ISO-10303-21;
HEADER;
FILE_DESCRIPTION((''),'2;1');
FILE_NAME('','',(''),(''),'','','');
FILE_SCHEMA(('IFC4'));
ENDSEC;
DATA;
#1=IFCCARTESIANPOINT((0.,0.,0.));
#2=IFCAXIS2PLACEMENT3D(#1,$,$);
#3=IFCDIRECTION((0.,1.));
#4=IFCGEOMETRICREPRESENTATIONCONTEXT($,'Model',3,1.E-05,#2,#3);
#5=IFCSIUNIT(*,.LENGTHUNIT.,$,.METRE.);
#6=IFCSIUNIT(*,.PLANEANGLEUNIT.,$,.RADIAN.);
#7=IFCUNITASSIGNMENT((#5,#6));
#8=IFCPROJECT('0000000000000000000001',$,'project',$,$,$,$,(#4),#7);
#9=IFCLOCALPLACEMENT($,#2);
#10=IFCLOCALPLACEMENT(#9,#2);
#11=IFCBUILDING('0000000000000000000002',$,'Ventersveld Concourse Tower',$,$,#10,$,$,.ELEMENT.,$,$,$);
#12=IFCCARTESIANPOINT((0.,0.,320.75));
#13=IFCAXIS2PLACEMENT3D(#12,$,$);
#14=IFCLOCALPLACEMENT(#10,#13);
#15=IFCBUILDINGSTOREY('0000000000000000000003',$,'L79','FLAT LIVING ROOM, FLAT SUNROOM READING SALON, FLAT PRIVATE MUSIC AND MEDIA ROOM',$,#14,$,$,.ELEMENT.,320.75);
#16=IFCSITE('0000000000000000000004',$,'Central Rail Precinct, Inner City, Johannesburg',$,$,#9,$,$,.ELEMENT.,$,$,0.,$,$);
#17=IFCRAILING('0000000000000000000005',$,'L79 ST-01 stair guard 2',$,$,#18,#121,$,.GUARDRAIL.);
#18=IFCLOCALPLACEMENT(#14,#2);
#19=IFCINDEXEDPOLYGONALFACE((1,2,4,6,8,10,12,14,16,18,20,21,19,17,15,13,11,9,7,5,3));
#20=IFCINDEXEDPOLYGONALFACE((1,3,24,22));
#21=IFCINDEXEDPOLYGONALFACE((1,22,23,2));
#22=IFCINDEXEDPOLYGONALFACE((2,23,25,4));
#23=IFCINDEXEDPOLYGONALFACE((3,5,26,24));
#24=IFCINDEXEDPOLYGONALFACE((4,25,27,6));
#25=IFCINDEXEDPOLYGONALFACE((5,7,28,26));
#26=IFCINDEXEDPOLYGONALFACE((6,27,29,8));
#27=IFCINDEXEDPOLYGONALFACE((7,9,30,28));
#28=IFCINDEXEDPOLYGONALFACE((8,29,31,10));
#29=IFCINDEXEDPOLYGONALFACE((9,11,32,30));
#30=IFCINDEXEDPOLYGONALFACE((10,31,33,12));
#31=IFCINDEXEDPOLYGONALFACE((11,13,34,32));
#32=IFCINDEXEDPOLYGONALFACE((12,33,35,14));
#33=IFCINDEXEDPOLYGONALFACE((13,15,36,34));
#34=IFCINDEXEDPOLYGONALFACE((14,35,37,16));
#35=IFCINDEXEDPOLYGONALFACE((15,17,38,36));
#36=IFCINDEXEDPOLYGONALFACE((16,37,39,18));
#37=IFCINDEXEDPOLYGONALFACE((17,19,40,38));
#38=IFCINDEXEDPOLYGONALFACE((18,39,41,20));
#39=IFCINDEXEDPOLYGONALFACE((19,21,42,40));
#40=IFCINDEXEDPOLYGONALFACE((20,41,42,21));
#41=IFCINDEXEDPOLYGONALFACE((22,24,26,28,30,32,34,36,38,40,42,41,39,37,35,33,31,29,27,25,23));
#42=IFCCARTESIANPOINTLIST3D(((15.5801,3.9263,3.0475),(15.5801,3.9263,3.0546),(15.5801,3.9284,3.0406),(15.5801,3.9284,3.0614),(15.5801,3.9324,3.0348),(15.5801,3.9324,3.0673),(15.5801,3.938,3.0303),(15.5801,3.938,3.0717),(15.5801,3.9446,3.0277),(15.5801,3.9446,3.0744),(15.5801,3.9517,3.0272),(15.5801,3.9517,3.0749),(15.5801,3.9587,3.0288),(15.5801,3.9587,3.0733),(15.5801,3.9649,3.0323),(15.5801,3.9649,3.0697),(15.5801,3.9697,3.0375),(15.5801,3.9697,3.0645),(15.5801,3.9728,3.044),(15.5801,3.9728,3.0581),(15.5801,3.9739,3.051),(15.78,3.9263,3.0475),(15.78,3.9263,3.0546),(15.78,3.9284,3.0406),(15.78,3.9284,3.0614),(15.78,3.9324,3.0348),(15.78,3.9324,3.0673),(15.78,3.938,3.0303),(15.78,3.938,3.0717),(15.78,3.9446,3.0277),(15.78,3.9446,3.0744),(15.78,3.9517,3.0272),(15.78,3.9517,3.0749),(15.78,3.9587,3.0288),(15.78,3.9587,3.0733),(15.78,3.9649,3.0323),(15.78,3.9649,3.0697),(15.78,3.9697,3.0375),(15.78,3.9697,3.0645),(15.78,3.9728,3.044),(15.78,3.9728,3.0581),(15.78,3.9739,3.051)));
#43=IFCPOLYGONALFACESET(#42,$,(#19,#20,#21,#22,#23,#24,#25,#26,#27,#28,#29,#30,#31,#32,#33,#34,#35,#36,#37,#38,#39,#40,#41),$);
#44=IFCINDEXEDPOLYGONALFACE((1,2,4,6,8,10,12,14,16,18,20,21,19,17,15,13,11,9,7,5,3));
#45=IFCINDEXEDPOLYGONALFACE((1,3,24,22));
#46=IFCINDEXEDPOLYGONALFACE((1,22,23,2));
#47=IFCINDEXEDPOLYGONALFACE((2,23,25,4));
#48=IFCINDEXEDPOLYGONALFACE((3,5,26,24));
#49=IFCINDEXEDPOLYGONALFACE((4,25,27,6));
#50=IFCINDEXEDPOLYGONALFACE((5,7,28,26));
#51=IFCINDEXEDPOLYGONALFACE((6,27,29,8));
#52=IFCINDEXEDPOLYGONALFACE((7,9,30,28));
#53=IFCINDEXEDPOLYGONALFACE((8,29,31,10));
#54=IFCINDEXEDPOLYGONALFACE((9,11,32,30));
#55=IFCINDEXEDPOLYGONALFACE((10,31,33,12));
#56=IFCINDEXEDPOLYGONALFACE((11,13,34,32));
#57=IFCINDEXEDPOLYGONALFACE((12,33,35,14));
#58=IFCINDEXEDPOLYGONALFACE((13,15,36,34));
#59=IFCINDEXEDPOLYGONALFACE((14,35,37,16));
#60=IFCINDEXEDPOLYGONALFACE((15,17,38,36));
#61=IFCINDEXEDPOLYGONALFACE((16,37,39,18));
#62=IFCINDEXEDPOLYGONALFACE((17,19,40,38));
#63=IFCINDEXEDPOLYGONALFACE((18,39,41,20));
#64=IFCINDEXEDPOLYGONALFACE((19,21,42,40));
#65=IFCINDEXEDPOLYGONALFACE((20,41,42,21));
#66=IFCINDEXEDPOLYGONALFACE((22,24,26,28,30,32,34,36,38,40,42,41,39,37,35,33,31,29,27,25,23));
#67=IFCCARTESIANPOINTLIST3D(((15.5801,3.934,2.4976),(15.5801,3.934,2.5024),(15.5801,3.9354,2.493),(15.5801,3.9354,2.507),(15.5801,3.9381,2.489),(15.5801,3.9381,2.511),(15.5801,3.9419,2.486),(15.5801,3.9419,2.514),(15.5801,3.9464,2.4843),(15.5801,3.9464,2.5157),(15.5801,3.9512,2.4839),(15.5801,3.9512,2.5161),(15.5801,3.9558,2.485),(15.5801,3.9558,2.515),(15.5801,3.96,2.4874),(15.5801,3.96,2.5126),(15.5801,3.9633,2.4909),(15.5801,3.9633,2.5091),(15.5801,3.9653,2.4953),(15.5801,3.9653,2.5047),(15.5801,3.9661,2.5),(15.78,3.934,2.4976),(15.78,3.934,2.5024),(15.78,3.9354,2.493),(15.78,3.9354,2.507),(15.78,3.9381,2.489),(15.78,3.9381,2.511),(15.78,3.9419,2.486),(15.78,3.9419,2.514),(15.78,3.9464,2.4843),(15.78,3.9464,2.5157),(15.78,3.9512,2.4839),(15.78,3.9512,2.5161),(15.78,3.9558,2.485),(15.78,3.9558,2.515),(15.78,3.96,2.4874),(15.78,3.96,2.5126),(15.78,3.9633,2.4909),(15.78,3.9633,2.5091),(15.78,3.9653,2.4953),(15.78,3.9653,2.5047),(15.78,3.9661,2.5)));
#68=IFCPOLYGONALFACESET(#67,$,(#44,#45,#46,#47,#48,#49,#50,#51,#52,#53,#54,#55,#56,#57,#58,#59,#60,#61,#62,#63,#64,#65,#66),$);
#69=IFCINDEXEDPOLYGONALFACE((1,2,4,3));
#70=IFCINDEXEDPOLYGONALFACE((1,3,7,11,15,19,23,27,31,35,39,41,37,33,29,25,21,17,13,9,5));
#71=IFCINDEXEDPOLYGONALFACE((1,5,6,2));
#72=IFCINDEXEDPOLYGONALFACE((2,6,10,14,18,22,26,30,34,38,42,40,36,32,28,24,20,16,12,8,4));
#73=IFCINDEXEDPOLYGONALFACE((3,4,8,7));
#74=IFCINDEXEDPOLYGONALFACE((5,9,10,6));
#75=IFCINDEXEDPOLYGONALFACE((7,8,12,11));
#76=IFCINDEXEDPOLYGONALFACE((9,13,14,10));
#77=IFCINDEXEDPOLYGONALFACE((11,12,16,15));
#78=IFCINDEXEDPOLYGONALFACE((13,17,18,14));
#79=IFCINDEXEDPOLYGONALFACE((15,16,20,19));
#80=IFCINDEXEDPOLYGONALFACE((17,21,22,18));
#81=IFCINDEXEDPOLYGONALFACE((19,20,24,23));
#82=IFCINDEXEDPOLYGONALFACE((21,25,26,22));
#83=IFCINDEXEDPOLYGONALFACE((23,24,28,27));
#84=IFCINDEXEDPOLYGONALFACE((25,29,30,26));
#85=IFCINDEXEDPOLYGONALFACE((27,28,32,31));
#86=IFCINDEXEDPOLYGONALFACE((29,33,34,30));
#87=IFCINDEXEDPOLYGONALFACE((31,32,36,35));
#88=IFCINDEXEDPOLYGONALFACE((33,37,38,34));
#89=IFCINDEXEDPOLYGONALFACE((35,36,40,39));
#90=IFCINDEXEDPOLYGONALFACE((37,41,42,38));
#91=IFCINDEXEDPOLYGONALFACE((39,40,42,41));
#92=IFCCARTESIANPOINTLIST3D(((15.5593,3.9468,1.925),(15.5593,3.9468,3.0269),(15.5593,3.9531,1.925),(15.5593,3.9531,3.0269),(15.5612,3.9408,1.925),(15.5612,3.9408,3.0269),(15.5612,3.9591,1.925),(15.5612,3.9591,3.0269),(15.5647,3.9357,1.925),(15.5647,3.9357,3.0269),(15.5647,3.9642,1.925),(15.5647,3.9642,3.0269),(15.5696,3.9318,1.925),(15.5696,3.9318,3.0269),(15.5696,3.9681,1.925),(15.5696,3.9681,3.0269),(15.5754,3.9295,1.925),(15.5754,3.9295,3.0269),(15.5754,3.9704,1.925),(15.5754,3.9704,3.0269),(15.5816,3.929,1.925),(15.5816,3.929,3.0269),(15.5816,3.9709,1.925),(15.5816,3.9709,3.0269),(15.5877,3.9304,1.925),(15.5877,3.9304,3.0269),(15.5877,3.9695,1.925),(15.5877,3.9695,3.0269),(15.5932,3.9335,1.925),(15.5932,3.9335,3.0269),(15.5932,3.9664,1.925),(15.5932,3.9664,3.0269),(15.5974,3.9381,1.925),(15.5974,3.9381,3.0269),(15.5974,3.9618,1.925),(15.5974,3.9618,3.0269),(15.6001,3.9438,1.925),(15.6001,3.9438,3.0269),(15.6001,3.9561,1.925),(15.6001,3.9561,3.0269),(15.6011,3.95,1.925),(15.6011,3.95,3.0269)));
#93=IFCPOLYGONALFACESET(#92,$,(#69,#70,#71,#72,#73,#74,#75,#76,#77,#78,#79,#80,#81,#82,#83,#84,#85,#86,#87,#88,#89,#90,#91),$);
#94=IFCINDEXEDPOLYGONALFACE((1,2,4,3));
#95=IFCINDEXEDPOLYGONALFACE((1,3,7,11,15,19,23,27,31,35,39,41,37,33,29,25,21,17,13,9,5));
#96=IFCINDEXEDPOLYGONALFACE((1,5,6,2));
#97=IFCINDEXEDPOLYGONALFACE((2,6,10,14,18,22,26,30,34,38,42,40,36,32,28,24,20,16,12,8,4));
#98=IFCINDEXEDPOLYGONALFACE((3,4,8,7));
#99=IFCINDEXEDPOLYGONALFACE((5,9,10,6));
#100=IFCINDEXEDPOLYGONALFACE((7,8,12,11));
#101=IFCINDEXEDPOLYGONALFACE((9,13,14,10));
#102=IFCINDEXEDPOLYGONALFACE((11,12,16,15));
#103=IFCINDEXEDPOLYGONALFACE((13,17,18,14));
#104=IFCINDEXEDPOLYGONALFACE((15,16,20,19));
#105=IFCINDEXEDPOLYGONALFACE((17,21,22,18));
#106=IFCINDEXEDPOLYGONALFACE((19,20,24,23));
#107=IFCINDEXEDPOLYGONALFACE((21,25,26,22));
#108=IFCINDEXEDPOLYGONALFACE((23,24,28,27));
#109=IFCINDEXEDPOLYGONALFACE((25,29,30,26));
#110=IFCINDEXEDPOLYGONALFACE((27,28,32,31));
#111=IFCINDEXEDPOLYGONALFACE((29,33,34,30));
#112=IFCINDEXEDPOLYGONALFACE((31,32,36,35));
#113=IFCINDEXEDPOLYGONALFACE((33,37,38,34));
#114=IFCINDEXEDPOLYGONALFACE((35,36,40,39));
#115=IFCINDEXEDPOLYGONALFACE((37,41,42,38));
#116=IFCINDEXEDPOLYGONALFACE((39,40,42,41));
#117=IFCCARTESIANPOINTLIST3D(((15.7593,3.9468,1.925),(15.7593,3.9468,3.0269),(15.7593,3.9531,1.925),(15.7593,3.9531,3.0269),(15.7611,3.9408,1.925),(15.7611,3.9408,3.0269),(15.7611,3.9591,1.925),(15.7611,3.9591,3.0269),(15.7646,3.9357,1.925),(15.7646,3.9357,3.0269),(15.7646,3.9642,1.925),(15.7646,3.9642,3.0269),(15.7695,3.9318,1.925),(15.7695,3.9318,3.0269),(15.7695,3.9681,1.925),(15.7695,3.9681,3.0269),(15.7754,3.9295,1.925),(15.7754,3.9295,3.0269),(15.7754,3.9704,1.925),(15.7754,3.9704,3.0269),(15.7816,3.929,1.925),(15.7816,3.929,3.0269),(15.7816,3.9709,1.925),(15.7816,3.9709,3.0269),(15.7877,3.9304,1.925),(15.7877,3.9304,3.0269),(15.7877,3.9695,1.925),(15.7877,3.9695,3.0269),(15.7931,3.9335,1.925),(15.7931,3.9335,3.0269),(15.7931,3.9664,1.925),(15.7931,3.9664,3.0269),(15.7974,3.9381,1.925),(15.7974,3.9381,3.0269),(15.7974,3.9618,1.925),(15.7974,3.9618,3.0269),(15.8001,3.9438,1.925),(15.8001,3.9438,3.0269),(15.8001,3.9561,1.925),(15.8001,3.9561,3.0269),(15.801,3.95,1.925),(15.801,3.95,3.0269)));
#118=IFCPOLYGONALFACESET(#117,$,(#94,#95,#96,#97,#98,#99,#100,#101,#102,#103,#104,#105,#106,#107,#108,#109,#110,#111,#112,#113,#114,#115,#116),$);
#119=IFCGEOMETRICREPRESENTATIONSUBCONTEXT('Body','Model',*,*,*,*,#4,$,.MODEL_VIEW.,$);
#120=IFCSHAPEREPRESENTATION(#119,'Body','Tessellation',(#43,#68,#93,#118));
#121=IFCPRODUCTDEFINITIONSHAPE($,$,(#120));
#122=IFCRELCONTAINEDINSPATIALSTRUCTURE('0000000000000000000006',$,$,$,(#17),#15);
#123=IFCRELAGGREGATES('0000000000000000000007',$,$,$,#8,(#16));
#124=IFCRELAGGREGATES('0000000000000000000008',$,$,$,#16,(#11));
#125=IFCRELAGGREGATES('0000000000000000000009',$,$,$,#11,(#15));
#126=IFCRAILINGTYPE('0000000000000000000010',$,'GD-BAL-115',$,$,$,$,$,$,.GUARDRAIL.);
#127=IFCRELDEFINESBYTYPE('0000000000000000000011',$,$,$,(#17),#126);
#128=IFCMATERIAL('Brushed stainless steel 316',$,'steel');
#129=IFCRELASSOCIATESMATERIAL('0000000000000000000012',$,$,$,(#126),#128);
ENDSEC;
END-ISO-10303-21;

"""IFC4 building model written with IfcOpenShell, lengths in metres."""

from ifc_helpers import new_model, si_unit, direction, frame, origin, origin_2d, place, context, subcontext, project, spatial, circle, extrude, material, type_object, element, save


model = new_model("IFC4")

# Units and contexts
model_context = context("Model", 3, precision=1e-05, world=origin(), true_north=direction((0.0, 1.0)))
body_context = subcontext(model_context, "Body", "Model", "MODEL_VIEW")
ifc_project = project(units=[si_unit("LENGTHUNIT", "METRE"), si_unit("PLANEANGLEUNIT", "RADIAN")], contexts=[model_context])

# Site, building, storey
site_placement = place(None, origin())
site = spatial("IfcSite", under=ifc_project, at=site_placement, Name="Central Rail Precinct, Inner City, Johannesburg", CompositionType="ELEMENT", RefElevation=0.0)
building_placement = place(site_placement, origin())
building = spatial("IfcBuilding", under=site, at=building_placement, Name="Ventersveld Concourse Tower", CompositionType="ELEMENT")
storey_placement = place(building_placement, frame((0.0, 0.0, 320.75)))
storey = spatial("IfcBuildingStorey", under=building, at=storey_placement, Name="L79", Description="FLAT LIVING ROOM, FLAT SUNROOM READING SALON, FLAT PRIVATE MUSIC AND MEDIA ROOM", CompositionType="ELEMENT", Elevation=320.75)

# Shared definitions
ifc_material_1 = material(Name="Brushed stainless steel 316", Category="steel")

# Railing
railing_type_1 = type_object("IfcRailingType", Name="GD-BAL-115", PredefinedType="GUARDRAIL", material=ifc_material_1)
railing_1_placement = place(storey_placement, frame((15.5801, 3.95, 1.925)))
element("IfcRailing", 1, at=railing_1_placement, inside=storey, type_object=railing_type_1, Name="L79 ST-01 stair guard 2", PredefinedType="GUARDRAIL", context=body_context, shape_type="SweptSolid", body=[
    extrude(circle(Radius=0.0239, at=origin_2d()), frame((0.0, 0.0, 1.126), z_axis=(1.0, 0.0, 0.0), x_axis=(0.0, 1.0, 0.0)), (0.0, 0.0, 1.0), 0.2),
    extrude(circle(Radius=0.0161, at=origin_2d()), frame((0.0, 0.0, 0.575), z_axis=(1.0, 0.0, 0.0), x_axis=(0.0, 1.0, 0.0)), (0.0, 0.0, 1.0), 0.2),
    extrude(circle(Radius=0.021, at=origin_2d()), origin(), (0.0, 0.0, 1.0), 1.1018),
    extrude(circle(Radius=0.021, at=origin_2d()), frame((0.2, 0.0, 0.0)), (0.0, 0.0, 1.0), 1.1018),
])

save(model, "model.ifc")
